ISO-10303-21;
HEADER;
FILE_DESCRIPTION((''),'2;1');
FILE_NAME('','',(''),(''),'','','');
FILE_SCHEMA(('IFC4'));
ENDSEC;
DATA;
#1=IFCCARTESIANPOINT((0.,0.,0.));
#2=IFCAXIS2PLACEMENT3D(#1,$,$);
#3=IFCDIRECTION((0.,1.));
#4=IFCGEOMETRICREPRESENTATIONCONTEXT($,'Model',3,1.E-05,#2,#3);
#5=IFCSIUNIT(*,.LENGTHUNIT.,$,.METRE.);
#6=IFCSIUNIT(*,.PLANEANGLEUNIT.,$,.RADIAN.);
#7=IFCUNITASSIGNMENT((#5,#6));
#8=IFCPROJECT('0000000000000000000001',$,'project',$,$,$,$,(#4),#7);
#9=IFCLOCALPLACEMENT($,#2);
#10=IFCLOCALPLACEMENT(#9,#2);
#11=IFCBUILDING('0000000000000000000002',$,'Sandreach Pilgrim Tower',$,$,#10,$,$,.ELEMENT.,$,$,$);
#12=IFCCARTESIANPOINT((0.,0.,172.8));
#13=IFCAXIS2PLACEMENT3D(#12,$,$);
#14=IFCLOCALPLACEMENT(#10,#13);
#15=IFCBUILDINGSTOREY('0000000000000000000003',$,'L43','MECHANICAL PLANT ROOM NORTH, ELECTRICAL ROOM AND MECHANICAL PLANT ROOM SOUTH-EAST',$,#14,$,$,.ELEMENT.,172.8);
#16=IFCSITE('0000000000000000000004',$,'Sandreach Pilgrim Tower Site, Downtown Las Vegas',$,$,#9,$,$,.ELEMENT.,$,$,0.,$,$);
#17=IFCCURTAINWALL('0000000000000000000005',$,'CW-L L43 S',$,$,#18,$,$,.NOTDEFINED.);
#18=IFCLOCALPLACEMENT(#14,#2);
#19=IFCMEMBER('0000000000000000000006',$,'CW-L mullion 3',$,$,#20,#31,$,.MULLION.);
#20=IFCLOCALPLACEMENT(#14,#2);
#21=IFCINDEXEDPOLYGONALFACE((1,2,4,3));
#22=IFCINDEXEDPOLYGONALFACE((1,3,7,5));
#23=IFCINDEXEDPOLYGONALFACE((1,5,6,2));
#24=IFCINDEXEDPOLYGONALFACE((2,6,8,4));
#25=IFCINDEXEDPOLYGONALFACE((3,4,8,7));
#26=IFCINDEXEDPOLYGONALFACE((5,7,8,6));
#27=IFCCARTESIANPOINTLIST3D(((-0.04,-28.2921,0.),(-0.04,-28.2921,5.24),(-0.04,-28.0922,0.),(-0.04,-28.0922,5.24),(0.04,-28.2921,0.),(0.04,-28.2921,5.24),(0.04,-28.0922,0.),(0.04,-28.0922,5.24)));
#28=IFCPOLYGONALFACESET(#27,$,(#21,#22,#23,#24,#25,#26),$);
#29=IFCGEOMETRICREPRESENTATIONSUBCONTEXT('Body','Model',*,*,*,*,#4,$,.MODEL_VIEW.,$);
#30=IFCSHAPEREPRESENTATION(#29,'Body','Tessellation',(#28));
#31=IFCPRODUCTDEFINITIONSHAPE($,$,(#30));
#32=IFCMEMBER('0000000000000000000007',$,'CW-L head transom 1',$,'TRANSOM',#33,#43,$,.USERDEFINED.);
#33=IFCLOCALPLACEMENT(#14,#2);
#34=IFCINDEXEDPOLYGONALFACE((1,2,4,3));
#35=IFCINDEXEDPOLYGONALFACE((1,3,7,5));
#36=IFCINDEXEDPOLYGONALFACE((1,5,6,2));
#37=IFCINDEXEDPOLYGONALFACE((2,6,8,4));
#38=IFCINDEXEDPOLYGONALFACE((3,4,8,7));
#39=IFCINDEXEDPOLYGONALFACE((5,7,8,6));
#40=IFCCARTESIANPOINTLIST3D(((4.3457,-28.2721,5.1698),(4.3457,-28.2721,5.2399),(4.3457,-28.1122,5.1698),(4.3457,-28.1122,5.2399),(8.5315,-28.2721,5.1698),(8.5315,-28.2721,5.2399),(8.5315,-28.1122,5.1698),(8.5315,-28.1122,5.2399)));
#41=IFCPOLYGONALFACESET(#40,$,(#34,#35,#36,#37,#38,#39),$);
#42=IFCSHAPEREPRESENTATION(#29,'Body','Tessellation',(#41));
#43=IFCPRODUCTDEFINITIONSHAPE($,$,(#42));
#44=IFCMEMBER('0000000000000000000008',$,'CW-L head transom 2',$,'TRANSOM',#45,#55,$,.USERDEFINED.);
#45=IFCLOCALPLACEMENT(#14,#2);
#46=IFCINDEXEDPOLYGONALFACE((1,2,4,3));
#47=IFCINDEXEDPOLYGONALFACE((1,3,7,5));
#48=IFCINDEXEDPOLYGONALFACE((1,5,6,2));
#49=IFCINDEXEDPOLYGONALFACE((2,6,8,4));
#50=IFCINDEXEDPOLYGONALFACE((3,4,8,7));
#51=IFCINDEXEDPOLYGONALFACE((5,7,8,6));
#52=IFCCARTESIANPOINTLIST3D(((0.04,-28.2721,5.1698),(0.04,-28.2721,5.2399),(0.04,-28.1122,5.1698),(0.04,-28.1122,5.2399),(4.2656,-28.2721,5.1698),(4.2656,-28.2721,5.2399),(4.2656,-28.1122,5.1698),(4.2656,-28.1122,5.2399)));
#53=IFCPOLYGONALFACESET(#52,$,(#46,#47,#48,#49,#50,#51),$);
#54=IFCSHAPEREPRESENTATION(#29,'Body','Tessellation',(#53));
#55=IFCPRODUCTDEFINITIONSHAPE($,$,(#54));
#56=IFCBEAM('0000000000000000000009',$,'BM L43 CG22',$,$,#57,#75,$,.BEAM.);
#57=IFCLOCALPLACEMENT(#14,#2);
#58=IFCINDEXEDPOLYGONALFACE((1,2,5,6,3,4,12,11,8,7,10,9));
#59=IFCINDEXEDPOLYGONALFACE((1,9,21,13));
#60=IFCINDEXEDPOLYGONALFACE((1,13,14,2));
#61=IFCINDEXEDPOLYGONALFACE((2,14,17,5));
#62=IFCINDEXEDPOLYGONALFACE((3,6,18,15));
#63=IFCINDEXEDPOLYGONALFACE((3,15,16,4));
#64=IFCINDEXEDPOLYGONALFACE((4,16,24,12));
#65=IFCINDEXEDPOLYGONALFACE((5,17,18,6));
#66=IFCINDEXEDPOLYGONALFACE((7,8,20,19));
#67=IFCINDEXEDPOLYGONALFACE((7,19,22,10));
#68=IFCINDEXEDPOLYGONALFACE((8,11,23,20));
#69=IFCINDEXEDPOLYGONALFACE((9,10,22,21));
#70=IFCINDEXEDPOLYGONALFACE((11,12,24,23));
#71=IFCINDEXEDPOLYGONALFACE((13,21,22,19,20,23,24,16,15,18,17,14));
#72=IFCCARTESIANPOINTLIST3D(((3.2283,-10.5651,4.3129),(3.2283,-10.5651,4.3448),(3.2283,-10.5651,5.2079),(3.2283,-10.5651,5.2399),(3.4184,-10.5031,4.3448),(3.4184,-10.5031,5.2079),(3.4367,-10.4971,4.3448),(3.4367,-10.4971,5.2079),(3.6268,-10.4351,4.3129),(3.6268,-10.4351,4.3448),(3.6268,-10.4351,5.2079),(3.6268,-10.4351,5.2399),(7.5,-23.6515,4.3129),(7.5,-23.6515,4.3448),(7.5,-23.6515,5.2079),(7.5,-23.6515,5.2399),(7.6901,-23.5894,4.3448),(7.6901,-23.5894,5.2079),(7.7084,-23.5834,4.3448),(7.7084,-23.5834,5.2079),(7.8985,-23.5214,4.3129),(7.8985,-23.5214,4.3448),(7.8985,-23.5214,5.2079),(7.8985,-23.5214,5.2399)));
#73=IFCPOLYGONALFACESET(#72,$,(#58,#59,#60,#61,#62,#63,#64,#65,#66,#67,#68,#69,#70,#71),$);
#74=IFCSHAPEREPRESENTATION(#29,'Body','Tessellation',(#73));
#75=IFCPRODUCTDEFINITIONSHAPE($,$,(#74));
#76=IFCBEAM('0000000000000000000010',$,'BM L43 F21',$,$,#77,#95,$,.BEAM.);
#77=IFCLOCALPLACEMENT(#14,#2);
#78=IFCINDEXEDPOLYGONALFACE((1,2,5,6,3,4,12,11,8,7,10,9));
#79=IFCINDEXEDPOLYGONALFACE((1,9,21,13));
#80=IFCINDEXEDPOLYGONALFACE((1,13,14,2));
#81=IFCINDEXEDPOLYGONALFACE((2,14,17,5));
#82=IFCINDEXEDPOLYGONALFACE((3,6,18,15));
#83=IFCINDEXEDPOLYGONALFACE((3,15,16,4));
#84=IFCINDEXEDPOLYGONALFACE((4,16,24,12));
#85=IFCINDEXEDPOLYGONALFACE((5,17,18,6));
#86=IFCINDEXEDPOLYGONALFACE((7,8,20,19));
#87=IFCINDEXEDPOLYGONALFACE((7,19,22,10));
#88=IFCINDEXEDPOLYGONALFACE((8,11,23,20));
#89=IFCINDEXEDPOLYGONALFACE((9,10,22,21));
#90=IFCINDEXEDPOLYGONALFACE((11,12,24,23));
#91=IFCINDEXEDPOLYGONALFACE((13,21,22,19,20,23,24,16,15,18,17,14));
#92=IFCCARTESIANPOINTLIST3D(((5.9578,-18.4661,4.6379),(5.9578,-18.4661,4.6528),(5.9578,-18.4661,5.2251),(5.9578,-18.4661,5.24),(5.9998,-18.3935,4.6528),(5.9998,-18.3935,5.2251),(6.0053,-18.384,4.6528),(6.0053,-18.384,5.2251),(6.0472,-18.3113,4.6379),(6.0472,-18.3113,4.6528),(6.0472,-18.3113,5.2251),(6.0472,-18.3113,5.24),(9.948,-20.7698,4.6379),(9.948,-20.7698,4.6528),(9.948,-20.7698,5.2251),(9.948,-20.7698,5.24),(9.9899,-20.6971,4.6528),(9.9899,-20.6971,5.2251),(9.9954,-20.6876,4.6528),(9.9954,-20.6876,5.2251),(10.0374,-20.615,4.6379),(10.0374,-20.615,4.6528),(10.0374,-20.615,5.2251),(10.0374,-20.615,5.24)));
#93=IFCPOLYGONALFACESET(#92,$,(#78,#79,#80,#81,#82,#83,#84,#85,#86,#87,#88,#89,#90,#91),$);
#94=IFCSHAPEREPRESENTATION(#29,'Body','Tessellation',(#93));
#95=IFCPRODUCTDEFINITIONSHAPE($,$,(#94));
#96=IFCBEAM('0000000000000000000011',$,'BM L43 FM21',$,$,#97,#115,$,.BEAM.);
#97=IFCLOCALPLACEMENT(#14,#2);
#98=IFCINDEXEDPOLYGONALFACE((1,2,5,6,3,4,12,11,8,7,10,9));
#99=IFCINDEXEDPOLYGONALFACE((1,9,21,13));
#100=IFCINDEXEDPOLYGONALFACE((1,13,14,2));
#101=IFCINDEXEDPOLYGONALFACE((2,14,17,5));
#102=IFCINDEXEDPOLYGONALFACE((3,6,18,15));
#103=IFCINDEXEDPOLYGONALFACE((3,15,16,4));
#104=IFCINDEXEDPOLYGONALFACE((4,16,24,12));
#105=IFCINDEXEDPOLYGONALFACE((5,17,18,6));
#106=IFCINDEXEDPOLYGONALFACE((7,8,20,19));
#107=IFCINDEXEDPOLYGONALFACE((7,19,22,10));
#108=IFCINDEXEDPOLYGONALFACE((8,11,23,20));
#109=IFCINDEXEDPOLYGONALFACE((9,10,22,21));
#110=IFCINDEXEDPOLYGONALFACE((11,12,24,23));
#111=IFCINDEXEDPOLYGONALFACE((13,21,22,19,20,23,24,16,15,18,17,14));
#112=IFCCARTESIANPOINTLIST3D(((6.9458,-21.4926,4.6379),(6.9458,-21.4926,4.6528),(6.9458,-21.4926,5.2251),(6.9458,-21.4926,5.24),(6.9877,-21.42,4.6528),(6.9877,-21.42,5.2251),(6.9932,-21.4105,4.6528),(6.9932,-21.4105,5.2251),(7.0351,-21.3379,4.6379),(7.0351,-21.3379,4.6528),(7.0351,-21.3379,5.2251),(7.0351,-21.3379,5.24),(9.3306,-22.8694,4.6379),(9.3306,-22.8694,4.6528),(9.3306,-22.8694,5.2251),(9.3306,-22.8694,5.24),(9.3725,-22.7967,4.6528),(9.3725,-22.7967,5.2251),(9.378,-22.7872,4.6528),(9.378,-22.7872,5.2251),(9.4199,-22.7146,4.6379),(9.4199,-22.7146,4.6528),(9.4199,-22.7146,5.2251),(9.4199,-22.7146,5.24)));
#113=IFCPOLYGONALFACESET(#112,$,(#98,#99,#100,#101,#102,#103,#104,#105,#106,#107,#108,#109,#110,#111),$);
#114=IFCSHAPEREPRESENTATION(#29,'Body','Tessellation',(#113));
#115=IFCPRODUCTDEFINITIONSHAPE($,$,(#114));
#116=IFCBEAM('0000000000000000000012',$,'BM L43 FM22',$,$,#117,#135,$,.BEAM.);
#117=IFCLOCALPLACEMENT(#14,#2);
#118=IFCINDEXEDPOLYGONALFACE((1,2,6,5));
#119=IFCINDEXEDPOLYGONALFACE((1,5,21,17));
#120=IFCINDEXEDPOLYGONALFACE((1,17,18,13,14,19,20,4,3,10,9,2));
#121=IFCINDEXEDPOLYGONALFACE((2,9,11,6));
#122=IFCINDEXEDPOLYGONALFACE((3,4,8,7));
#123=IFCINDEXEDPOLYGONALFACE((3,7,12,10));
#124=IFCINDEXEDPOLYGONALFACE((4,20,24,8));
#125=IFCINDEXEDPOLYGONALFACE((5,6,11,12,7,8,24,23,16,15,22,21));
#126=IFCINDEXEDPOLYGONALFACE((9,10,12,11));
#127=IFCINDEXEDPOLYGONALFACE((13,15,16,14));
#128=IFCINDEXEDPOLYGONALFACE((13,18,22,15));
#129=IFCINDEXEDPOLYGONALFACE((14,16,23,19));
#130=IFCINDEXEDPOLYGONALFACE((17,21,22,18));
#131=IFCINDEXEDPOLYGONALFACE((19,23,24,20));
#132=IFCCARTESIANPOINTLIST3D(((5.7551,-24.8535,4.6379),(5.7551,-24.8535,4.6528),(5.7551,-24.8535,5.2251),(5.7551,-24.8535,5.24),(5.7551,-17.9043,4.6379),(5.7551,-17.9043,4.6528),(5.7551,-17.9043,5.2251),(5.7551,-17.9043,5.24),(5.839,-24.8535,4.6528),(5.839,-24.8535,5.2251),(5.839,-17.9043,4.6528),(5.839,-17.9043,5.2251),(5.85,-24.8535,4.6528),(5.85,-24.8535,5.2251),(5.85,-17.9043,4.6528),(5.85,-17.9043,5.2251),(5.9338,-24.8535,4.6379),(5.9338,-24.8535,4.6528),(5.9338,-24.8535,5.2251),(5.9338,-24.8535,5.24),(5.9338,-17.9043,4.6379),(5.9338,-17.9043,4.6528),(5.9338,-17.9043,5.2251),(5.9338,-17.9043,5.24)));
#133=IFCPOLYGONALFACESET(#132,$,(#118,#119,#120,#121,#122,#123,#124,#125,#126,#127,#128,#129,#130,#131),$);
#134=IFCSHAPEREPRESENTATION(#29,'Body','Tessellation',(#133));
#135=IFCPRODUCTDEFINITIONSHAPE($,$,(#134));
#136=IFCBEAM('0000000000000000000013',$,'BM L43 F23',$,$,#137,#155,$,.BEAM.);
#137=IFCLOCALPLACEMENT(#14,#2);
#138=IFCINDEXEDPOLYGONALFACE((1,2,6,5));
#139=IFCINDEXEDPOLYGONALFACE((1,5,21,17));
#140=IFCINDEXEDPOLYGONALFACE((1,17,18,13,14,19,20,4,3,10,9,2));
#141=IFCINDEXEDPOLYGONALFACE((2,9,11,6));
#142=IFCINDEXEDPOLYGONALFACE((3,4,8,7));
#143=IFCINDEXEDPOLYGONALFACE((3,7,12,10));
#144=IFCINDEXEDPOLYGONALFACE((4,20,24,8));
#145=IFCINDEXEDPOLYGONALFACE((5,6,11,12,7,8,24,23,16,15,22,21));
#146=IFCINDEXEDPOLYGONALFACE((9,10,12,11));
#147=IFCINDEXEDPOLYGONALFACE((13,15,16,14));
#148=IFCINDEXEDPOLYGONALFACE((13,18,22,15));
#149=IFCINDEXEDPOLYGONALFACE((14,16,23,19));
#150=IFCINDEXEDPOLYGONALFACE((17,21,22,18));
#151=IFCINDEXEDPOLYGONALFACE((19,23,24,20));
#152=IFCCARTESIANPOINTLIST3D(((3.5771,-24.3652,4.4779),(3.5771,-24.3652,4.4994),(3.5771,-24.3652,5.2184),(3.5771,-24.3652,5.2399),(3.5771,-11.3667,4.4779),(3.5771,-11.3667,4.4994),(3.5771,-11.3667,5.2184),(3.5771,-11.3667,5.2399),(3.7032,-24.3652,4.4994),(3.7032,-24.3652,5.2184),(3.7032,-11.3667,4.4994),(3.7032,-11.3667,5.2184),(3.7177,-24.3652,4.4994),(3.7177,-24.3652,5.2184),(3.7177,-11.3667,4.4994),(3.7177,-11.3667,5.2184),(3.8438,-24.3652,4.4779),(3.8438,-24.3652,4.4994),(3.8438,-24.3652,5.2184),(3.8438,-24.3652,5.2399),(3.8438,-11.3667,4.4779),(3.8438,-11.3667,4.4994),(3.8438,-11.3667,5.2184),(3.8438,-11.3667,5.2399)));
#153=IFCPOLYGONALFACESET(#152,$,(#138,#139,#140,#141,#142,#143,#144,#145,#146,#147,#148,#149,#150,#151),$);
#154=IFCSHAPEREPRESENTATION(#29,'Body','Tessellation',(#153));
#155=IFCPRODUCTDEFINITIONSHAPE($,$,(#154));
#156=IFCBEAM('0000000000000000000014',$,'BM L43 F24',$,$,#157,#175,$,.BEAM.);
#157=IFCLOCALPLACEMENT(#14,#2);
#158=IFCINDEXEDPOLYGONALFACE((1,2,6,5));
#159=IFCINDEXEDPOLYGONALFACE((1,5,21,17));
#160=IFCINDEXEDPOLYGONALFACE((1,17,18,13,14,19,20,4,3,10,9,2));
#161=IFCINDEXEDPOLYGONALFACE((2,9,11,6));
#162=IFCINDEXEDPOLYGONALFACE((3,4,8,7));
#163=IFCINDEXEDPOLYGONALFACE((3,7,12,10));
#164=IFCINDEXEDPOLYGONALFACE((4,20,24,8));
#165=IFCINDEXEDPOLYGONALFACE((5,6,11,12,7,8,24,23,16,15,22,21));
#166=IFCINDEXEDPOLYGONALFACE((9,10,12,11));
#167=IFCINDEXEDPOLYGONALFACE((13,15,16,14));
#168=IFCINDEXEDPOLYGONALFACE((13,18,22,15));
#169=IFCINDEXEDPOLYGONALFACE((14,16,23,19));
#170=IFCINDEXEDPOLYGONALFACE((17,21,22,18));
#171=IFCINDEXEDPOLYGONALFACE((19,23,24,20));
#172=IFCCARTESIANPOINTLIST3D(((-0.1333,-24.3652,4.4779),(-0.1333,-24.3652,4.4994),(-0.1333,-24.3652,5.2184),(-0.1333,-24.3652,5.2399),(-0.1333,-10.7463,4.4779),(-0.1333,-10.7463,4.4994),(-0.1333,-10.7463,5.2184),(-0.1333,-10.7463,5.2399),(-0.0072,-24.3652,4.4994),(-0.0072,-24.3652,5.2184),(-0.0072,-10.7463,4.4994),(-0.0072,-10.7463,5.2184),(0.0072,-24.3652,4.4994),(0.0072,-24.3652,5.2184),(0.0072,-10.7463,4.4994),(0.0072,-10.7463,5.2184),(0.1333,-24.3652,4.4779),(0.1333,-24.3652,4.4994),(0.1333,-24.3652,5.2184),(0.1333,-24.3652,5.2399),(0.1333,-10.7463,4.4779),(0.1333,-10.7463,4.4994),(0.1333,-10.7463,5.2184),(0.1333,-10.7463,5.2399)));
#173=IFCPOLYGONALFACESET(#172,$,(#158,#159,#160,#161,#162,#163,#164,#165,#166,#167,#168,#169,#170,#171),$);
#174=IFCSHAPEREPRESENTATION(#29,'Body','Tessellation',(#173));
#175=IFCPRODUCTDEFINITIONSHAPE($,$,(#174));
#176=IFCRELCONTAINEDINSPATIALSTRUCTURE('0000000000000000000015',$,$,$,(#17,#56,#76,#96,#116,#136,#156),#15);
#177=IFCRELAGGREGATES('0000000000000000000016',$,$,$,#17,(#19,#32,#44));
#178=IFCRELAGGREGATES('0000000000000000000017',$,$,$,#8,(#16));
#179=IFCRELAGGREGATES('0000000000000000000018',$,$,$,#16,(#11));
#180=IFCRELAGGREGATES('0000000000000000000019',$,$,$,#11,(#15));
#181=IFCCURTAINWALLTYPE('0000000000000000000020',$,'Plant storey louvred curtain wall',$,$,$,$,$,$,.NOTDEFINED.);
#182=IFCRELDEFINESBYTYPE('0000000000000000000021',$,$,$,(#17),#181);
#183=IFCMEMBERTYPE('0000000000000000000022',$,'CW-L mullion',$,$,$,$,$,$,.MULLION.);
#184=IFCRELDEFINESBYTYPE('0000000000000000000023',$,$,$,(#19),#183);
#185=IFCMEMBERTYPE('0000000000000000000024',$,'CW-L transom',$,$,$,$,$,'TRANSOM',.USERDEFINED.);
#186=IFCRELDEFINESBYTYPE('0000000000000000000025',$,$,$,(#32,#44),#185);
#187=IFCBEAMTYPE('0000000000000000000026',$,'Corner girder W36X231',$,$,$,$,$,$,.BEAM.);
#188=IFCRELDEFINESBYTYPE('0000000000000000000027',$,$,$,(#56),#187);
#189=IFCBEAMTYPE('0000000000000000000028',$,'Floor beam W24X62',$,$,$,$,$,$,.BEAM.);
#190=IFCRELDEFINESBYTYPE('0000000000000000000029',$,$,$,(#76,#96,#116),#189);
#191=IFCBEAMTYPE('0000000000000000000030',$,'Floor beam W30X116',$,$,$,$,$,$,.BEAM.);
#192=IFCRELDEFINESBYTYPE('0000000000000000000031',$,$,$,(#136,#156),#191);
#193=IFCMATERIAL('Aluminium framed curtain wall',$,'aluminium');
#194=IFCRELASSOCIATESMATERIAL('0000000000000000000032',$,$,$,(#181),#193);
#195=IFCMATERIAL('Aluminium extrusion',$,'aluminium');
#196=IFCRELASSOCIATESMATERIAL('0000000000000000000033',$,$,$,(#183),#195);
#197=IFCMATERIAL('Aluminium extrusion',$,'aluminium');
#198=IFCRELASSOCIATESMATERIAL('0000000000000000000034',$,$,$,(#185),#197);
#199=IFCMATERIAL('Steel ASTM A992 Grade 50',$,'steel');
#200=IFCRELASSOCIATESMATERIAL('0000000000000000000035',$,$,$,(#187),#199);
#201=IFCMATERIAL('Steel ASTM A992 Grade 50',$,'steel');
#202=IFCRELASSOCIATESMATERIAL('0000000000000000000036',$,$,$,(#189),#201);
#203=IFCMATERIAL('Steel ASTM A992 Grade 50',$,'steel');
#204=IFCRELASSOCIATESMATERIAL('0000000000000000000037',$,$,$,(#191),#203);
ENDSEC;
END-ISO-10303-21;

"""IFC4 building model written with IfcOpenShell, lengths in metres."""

from ifc_helpers import new_model, si_unit, direction, frame, origin, origin_2d, place, context, subcontext, project, spatial, rectangle, i_section, extrude, material, material_profile, profile_set, type_object, element, aggregate, save


model = new_model("IFC4")

# Units and contexts
model_context = context("Model", 3, precision=1e-05, world=origin(), true_north=direction((0.0, 1.0)))
body_context = subcontext(model_context, "Body", "Model", "MODEL_VIEW")
ifc_project = project(units=[si_unit("LENGTHUNIT", "METRE"), si_unit("PLANEANGLEUNIT", "RADIAN")], contexts=[model_context])

# Site, building, storey
site_placement = place(None, origin())
site = spatial("IfcSite", under=ifc_project, at=site_placement, Name="Sandreach Pilgrim Tower Site, Downtown Las Vegas", CompositionType="ELEMENT", RefElevation=0.0)
building_placement = place(site_placement, origin())
building = spatial("IfcBuilding", under=site, at=building_placement, Name="Sandreach Pilgrim Tower", CompositionType="ELEMENT")
storey_placement = place(building_placement, frame((0.0, 0.0, 172.8)))
storey = spatial("IfcBuildingStorey", under=building, at=storey_placement, Name="L43", Description="MECHANICAL PLANT ROOM NORTH, ELECTRICAL ROOM AND MECHANICAL PLANT ROOM SOUTH-EAST", CompositionType="ELEMENT", Elevation=172.8)

# Curtain wall, members
ifc_material_1 = material(Name="Aluminium framed curtain wall", Category="aluminium")
curtain_wall_type = type_object("IfcCurtainWallType", Name="Plant storey louvred curtain wall", PredefinedType="NOTDEFINED", material=ifc_material_1)
curtain_wall_placement = place(storey_placement, origin())
curtain_wall = element("IfcCurtainWall", 1, at=curtain_wall_placement, inside=storey, type_object=curtain_wall_type, Name="CW-L L43 S", PredefinedType="NOTDEFINED")
ifc_material_2 = material(Name="Aluminium extrusion", Category="aluminium")
ifc_material_profile_1 = material_profile(ifc_material_2, rectangle(XDim=0.0801, YDim=0.2, at=origin_2d()), Name="CW-LM 80X200")
ifc_profile_set_1 = profile_set([ifc_material_profile_1], Name="Aluminium extrusion")
member_type_1 = type_object("IfcMemberType", Name="CW-L mullion", PredefinedType="MULLION", material=ifc_profile_set_1)
member_1_placement = place(storey_placement, frame((0.0, -28.1921, 0.0), z_axis=(0.0, 0.0, 1.0), x_axis=(-1.0, 0.0, 0.0)))
member_1 = element("IfcMember", 2, at=member_1_placement, type_object=member_type_1, Name="CW-L mullion 3", PredefinedType="MULLION", context=body_context, shape_type="SweptSolid", body=[
    extrude(rectangle(XDim=0.0801, YDim=0.2, at=origin_2d()), origin(), (0.0, 0.0, 1.0), 5.24),
])
ifc_material_3 = material(Name="Aluminium extrusion", Category="aluminium")
ifc_material_profile_2 = material_profile(ifc_material_3, rectangle(XDim=0.1599, YDim=0.0701, at=origin_2d()), Name="CW-LT 160X70")
ifc_profile_set_2 = profile_set([ifc_material_profile_2], Name="Aluminium extrusion")
member_type_2 = type_object("IfcMemberType", Name="CW-L transom", ElementType="TRANSOM", PredefinedType="USERDEFINED", material=ifc_profile_set_2)
member_2_placement = place(storey_placement, frame((8.5315, -28.1921, 5.2048), z_axis=(-1.0, 0.0, 0.0), x_axis=(0.0, -1.0, 0.0)))
member_2 = element("IfcMember", 3, at=member_2_placement, type_object=member_type_2, Name="CW-L head transom 1", ObjectType="TRANSOM", PredefinedType="USERDEFINED", context=body_context, shape_type="SweptSolid", body=[
    extrude(rectangle(XDim=0.1599, YDim=0.0701, at=origin_2d()), origin(), (0.0, 0.0, 1.0), 4.1858),
])
member_3_placement = place(storey_placement, frame((4.2656, -28.1921, 5.2048), z_axis=(-1.0, 0.0, 0.0), x_axis=(0.0, -1.0, 0.0)))
member_3 = element("IfcMember", 4, at=member_3_placement, type_object=member_type_2, Name="CW-L head transom 2", ObjectType="TRANSOM", PredefinedType="USERDEFINED", context=body_context, shape_type="SweptSolid", body=[
    extrude(rectangle(XDim=0.1599, YDim=0.0701, at=origin_2d()), origin(), (0.0, 0.0, 1.0), 4.2256),
])

# Beams
ifc_material_4 = material(Name="Steel ASTM A992 Grade 50", Category="steel")
ifc_material_profile_3 = material_profile(ifc_material_4, i_section(OverallWidth=0.4192, OverallDepth=0.927, WebThickness=0.0193, FlangeThickness=0.032, at=origin_2d()), Name="W36X231")
ifc_profile_set_3 = profile_set([ifc_material_profile_3], Name="Steel ASTM A992 Grade 50")
beam_type_1 = type_object("IfcBeamType", Name="Corner girder W36X231", PredefinedType="BEAM", material=ifc_profile_set_3)
beam_1_placement = place(storey_placement, frame((7.6992, -23.5864, 4.7764), z_axis=(-0.310311, 0.950635, 0.0), x_axis=(-0.950635, -0.310311, 0.0)))
element("IfcBeam", 5, at=beam_1_placement, inside=storey, type_object=beam_type_1, Name="BM L43 CG22", PredefinedType="BEAM", context=body_context, shape_type="SweptSolid", body=[
    extrude(i_section(OverallWidth=0.4192, OverallDepth=0.927, WebThickness=0.0193, FlangeThickness=0.032, at=origin_2d()), origin(), (0.0, 0.0, 1.0), 13.7659),
])
ifc_material_5 = material(Name="Steel ASTM A992 Grade 50", Category="steel")
ifc_material_profile_4 = material_profile(ifc_material_5, i_section(OverallWidth=0.1787, OverallDepth=0.6021, WebThickness=0.011, FlangeThickness=0.0149, at=origin_2d()), Name="W24X62")
ifc_profile_set_4 = profile_set([ifc_material_profile_4], Name="Steel ASTM A992 Grade 50")
beam_type_2 = type_object("IfcBeamType", Name="Floor beam W24X62", PredefinedType="BEAM", material=ifc_profile_set_4)
beam_2_placement = place(storey_placement, frame((9.9927, -20.6924, 4.939), z_axis=(-0.86603, 0.499992, 0.0), x_axis=(-0.499992, -0.86603, 0.0)))
element("IfcBeam", 6, at=beam_2_placement, inside=storey, type_object=beam_type_2, Name="BM L43 F21", PredefinedType="BEAM", context=body_context, shape_type="SweptSolid", body=[
    extrude(i_section(OverallWidth=0.1787, OverallDepth=0.6021, WebThickness=0.011, FlangeThickness=0.0149, at=origin_2d()), origin(), (0.0, 0.0, 1.0), 4.6074),
])
beam_3_placement = place(storey_placement, frame((9.3752, -22.792, 4.939), z_axis=(-0.866047, 0.499963, 0.0), x_axis=(-0.499963, -0.866047, 0.0)))
element("IfcBeam", 7, at=beam_3_placement, inside=storey, type_object=beam_type_2, Name="BM L43 FM21", PredefinedType="BEAM", context=body_context, shape_type="SweptSolid", body=[
    extrude(i_section(OverallWidth=0.1787, OverallDepth=0.6021, WebThickness=0.011, FlangeThickness=0.0149, at=origin_2d()), origin(), (0.0, 0.0, 1.0), 2.7537),
])
beam_4_placement = place(storey_placement, frame((5.8445, -24.8535, 4.939), z_axis=(0.0, 1.0, 0.0), x_axis=(-1.0, 0.0, 0.0)))
element("IfcBeam", 8, at=beam_4_placement, inside=storey, type_object=beam_type_2, Name="BM L43 FM22", PredefinedType="BEAM", context=body_context, shape_type="SweptSolid", body=[
    extrude(i_section(OverallWidth=0.1787, OverallDepth=0.6021, WebThickness=0.011, FlangeThickness=0.0149, at=origin_2d()), origin(), (0.0, 0.0, 1.0), 6.9492),
])
ifc_material_6 = material(Name="Steel ASTM A992 Grade 50", Category="steel")
ifc_material_profile_5 = material_profile(ifc_material_6, i_section(OverallWidth=0.2666, OverallDepth=0.762, WebThickness=0.0144, FlangeThickness=0.0215, at=origin_2d()), Name="W30X116")
ifc_profile_set_5 = profile_set([ifc_material_profile_5], Name="Steel ASTM A992 Grade 50")
beam_type_3 = type_object("IfcBeamType", Name="Floor beam W30X116", PredefinedType="BEAM", material=ifc_profile_set_5)
beam_5_placement = place(storey_placement, frame((3.7104, -24.3652, 4.8589), z_axis=(0.0, 1.0, 0.0), x_axis=(-1.0, 0.0, 0.0)))
element("IfcBeam", 9, at=beam_5_placement, inside=storey, type_object=beam_type_3, Name="BM L43 F23", PredefinedType="BEAM", context=body_context, shape_type="SweptSolid", body=[
    extrude(i_section(OverallWidth=0.2666, OverallDepth=0.762, WebThickness=0.0144, FlangeThickness=0.0215, at=origin_2d()), origin(), (0.0, 0.0, 1.0), 12.9985),
])
beam_6_placement = place(storey_placement, frame((0.0, -24.3652, 4.8589), z_axis=(0.0, 1.0, 0.0), x_axis=(-1.0, 0.0, 0.0)))
element("IfcBeam", 10, at=beam_6_placement, inside=storey, type_object=beam_type_3, Name="BM L43 F24", PredefinedType="BEAM", context=body_context, shape_type="SweptSolid", body=[
    extrude(i_section(OverallWidth=0.2666, OverallDepth=0.762, WebThickness=0.0144, FlangeThickness=0.0215, at=origin_2d()), origin(), (0.0, 0.0, 1.0), 13.6189),
])

aggregate(curtain_wall, [member_1, member_2, member_3])

save(model, "model.ifc")
